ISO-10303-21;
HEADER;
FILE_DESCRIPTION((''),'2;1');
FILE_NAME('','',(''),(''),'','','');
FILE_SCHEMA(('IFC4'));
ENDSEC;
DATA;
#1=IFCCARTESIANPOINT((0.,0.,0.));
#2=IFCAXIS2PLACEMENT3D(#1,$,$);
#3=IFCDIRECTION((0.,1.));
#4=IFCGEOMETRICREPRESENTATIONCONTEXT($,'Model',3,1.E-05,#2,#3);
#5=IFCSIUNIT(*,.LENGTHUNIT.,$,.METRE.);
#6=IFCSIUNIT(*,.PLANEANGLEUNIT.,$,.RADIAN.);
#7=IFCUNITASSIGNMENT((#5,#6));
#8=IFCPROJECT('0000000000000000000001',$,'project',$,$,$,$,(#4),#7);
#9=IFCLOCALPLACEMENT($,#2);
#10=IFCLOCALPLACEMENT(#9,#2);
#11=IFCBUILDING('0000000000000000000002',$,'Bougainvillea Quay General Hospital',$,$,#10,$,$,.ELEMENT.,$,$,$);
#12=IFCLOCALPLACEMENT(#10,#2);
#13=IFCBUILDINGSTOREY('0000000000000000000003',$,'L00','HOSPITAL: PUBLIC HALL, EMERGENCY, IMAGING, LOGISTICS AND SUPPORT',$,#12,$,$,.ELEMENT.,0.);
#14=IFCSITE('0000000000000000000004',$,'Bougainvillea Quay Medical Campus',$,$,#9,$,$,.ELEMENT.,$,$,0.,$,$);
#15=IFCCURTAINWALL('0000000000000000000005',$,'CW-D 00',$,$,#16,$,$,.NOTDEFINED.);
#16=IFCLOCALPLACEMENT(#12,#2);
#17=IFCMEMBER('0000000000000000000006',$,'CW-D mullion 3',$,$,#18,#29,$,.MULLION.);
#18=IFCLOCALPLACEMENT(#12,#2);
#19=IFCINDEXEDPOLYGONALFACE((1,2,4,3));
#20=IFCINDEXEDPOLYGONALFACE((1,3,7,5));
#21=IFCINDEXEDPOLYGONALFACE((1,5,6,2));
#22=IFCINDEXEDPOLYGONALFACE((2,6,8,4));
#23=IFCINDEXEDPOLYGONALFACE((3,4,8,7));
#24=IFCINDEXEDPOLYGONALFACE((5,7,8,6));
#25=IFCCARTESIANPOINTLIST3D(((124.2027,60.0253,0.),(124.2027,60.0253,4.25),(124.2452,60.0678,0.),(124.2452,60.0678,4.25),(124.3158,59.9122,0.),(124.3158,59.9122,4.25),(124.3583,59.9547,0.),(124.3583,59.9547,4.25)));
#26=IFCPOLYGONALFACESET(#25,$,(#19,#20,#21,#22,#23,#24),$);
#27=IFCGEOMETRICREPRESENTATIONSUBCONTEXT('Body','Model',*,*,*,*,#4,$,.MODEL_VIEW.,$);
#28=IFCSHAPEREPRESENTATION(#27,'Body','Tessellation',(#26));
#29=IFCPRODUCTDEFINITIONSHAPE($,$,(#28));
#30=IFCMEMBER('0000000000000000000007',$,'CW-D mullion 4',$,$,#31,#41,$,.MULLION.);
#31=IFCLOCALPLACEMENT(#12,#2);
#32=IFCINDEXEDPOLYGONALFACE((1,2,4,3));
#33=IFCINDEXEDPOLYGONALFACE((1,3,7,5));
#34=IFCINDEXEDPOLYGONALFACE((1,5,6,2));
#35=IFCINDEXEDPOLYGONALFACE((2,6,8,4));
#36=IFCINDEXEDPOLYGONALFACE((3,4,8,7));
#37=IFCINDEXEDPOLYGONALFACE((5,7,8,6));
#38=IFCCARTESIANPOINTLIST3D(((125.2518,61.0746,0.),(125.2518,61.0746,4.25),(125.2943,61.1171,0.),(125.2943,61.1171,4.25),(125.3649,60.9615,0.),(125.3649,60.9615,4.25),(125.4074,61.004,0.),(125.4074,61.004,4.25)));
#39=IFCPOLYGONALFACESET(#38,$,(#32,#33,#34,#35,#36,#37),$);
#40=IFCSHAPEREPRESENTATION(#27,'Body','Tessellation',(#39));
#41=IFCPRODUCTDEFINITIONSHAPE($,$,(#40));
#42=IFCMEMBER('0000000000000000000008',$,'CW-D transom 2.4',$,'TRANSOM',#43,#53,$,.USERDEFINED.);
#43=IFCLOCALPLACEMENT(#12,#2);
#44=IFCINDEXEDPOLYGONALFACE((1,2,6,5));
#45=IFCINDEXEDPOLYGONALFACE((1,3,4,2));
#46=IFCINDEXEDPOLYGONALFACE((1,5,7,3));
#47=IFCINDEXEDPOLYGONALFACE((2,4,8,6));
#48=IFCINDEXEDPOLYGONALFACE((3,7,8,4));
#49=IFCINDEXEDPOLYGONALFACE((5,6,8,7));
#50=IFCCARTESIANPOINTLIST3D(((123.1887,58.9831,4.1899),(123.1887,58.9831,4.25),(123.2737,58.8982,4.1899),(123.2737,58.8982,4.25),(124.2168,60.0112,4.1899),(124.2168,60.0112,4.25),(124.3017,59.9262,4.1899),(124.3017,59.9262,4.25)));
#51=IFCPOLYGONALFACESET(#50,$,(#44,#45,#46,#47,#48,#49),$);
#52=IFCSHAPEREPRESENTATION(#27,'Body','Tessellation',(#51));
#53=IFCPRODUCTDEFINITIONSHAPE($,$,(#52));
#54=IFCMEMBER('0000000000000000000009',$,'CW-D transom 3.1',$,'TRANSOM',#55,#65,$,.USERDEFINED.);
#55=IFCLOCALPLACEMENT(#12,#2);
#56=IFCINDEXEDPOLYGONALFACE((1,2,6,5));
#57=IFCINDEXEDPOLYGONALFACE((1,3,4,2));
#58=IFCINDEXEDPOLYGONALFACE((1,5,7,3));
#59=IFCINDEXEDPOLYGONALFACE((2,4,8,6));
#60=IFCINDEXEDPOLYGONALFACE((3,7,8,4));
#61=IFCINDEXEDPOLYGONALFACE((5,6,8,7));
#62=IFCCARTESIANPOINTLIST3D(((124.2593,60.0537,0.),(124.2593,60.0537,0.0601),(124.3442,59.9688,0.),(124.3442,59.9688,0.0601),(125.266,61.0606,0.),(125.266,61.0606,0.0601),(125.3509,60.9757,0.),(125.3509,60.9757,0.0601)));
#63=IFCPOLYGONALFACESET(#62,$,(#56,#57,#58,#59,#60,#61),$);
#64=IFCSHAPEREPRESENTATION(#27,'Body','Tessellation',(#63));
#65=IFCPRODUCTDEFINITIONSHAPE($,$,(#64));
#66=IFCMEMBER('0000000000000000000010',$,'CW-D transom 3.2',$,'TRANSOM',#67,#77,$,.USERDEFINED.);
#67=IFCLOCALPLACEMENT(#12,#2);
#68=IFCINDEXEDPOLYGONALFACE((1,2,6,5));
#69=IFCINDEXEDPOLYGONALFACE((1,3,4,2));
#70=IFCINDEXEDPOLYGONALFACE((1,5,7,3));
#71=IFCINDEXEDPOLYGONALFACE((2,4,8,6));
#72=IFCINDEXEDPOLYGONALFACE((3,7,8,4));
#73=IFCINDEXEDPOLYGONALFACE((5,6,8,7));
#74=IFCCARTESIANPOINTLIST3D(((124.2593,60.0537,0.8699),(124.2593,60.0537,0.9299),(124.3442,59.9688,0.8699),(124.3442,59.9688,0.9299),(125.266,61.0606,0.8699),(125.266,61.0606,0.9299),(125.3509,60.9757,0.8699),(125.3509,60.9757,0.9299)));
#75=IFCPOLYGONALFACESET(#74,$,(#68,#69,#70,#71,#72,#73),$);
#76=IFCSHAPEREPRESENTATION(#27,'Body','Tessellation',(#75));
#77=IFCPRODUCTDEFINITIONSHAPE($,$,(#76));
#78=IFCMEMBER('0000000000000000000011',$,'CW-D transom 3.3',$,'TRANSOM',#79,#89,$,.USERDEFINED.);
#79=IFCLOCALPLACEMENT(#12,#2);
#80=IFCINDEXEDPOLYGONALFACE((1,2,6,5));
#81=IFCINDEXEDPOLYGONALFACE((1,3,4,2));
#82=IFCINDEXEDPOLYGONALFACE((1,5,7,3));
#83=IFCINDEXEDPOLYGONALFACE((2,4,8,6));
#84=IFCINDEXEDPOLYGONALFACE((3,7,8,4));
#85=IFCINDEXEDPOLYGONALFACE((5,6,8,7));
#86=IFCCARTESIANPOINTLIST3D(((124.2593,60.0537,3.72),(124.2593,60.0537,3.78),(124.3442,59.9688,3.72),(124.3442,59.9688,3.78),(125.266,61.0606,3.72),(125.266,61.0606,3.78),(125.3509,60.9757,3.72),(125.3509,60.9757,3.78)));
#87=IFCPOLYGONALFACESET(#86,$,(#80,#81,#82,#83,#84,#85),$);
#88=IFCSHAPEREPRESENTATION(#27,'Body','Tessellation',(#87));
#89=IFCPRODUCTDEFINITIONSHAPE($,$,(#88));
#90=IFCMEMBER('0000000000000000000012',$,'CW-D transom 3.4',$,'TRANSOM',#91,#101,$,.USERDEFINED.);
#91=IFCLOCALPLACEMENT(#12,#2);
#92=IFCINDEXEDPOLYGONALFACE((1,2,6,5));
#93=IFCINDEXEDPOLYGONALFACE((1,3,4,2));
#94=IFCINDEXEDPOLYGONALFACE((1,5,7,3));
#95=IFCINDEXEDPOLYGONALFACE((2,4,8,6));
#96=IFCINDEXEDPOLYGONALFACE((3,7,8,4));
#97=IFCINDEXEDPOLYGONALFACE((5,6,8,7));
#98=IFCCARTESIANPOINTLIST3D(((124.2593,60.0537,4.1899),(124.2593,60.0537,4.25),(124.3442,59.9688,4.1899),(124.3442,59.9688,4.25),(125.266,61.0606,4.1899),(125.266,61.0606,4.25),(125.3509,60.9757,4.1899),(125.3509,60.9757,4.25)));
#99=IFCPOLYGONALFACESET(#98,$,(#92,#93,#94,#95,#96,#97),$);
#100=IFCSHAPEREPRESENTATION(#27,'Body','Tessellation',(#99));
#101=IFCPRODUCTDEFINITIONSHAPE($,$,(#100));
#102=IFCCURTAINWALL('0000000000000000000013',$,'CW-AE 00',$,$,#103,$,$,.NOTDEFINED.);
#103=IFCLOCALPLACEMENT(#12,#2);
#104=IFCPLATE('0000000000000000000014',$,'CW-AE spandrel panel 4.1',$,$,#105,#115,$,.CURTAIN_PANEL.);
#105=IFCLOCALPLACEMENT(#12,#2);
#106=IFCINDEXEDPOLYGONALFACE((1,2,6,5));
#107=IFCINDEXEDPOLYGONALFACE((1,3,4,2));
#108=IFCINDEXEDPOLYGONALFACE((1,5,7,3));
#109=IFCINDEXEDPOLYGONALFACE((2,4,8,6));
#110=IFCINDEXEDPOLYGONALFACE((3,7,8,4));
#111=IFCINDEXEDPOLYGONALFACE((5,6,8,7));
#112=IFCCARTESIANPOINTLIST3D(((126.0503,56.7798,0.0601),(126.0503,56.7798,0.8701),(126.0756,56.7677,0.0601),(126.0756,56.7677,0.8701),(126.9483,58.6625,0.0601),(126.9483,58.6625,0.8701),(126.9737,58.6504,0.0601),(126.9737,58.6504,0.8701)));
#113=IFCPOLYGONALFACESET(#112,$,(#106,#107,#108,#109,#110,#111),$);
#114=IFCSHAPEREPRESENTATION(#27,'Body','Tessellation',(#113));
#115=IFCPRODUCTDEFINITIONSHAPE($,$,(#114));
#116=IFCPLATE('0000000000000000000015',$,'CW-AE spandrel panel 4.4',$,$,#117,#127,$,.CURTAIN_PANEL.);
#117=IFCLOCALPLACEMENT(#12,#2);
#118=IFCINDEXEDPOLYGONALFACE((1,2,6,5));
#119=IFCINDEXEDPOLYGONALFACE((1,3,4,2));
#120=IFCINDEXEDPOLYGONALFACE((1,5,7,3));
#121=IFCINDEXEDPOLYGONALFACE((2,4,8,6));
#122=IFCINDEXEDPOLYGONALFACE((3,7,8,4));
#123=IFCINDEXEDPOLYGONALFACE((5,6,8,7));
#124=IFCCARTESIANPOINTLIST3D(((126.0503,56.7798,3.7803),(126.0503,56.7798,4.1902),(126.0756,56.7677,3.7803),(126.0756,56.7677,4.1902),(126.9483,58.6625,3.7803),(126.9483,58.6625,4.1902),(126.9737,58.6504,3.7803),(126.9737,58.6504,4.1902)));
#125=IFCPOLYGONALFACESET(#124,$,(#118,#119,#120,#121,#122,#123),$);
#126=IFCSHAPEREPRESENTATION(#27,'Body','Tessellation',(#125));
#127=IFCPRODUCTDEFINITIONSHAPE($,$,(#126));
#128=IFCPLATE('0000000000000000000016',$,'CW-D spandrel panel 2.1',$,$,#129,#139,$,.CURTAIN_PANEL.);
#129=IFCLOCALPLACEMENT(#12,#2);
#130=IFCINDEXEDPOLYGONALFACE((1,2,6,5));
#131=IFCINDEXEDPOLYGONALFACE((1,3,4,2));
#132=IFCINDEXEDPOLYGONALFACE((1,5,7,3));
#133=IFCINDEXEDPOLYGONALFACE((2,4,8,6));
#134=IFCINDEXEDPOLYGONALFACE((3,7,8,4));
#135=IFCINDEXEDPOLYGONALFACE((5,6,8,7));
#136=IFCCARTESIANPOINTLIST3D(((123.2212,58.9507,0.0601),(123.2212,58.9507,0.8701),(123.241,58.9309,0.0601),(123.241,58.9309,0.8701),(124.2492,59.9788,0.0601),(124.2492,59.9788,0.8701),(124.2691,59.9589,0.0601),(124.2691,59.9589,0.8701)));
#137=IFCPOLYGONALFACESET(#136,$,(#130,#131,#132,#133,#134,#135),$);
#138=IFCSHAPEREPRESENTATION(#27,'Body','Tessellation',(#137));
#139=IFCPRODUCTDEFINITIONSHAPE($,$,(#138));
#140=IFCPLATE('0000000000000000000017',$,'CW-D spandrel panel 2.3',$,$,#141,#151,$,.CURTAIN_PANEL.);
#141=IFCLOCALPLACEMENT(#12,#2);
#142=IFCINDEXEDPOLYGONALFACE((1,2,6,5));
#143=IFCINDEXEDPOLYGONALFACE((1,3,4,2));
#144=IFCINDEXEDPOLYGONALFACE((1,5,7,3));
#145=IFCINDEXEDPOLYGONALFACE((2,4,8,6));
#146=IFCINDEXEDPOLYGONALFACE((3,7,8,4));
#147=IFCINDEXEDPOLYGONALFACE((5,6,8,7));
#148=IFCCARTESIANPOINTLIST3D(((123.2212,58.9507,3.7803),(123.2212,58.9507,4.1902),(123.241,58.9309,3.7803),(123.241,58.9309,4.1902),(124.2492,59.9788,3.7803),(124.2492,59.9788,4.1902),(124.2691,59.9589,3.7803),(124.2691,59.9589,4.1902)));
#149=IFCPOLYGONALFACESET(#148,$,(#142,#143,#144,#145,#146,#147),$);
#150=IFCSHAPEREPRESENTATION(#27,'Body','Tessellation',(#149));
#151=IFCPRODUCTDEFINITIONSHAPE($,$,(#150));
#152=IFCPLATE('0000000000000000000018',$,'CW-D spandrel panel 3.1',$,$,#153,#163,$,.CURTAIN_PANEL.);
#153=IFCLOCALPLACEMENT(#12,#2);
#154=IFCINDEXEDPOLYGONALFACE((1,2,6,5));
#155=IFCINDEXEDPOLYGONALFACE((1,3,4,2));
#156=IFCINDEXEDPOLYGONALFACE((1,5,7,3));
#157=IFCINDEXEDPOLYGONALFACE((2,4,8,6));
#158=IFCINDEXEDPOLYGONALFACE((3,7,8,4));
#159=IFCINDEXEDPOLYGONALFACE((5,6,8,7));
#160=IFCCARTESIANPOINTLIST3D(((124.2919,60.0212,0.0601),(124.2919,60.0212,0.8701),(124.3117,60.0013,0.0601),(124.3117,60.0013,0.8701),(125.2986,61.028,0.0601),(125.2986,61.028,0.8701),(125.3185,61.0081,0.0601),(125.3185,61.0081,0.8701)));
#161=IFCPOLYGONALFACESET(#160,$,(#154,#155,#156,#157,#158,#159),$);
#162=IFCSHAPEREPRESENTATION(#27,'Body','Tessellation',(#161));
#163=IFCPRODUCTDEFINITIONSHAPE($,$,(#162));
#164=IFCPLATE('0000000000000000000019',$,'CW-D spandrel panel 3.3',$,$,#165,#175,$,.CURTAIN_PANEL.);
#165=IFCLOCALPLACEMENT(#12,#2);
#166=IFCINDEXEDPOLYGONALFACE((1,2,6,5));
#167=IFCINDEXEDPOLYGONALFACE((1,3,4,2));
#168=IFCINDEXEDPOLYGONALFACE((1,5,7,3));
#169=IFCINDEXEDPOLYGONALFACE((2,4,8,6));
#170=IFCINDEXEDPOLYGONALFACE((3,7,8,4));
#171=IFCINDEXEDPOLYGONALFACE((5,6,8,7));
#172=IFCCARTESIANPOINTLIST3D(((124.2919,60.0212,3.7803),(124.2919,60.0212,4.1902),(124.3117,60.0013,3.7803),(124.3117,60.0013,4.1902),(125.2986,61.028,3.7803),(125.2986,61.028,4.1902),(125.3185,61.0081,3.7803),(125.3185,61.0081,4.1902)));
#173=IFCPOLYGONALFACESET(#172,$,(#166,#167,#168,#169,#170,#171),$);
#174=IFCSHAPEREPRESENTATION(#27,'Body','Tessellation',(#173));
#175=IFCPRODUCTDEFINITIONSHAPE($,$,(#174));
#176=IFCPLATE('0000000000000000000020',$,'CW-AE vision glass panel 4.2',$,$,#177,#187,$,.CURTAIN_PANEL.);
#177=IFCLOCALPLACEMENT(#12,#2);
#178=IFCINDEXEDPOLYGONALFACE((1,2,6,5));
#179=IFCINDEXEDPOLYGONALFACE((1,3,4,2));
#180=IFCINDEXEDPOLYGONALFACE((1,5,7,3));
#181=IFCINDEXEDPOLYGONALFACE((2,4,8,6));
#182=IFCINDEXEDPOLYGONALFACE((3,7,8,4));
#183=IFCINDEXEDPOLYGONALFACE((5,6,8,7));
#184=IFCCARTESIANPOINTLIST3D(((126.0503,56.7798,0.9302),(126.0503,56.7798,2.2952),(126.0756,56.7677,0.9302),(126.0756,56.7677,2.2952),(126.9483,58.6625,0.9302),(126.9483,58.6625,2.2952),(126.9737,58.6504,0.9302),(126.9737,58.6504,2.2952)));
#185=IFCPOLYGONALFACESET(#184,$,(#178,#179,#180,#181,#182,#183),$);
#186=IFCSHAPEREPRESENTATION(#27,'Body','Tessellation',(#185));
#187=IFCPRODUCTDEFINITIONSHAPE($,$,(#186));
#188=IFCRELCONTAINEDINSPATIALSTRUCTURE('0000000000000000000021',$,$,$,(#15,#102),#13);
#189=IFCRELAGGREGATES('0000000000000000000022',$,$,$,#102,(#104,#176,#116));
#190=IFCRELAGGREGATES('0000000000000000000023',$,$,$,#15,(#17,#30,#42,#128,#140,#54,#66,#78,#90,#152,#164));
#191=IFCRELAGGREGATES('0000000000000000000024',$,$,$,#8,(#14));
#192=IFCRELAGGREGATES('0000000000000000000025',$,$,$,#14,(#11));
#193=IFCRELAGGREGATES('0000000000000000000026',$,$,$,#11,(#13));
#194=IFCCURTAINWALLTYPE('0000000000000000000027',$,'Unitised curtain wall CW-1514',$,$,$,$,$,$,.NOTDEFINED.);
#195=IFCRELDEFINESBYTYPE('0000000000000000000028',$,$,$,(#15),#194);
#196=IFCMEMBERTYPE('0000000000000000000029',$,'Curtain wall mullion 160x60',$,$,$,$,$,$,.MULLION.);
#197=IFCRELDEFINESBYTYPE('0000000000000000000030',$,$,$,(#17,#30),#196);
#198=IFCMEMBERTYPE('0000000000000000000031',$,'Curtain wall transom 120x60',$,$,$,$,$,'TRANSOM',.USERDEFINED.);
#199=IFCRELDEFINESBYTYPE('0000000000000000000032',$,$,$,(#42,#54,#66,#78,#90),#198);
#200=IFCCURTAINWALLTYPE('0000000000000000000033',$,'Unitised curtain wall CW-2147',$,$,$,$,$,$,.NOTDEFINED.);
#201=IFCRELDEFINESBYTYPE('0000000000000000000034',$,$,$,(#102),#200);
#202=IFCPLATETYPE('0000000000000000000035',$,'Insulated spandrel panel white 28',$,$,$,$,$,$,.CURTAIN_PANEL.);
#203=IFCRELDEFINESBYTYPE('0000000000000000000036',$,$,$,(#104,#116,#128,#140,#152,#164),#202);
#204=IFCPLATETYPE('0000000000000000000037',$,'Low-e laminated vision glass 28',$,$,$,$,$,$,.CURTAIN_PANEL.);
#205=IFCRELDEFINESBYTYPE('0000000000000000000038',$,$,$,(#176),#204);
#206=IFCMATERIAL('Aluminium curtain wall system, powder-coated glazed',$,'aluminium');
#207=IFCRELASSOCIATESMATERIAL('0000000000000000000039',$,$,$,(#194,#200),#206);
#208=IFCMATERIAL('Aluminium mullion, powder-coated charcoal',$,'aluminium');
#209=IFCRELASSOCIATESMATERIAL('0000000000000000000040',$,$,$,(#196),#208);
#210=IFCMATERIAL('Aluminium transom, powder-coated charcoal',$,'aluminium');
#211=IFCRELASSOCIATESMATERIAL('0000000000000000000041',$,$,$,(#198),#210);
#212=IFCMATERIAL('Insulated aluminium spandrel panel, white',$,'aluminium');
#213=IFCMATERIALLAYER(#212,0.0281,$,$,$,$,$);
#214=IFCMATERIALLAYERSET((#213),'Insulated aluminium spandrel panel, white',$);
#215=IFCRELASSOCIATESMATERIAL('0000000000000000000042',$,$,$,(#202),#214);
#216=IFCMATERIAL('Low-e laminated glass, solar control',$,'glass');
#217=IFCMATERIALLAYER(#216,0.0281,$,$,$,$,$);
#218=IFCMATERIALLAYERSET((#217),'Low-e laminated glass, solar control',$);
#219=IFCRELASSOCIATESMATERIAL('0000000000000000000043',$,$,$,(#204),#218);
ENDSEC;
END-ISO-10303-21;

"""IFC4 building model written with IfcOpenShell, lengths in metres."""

from ifc_helpers import new_model, si_unit, direction, frame, origin, origin_2d, place, context, subcontext, project, spatial, rectangle, extrude, material, layer, layer_set, material_profile, profile_set, type_object, element, aggregate, save


model = new_model("IFC4")

# Units and contexts
model_context = context("Model", 3, precision=1e-05, world=origin(), true_north=direction((0.0, 1.0)))
body_context = subcontext(model_context, "Body", "Model", "MODEL_VIEW")
ifc_project = project(units=[si_unit("LENGTHUNIT", "METRE"), si_unit("PLANEANGLEUNIT", "RADIAN")], contexts=[model_context])

# Site, building, storey
site_placement = place(None, origin())
site = spatial("IfcSite", under=ifc_project, at=site_placement, Name="Bougainvillea Quay Medical Campus", CompositionType="ELEMENT", RefElevation=0.0)
building_placement = place(site_placement, origin())
building = spatial("IfcBuilding", under=site, at=building_placement, Name="Bougainvillea Quay General Hospital", CompositionType="ELEMENT")
storey_placement = place(building_placement, origin())
storey = spatial("IfcBuildingStorey", under=building, at=storey_placement, Name="L00", Description="HOSPITAL: PUBLIC HALL, EMERGENCY, IMAGING, LOGISTICS AND SUPPORT", CompositionType="ELEMENT", Elevation=0.0)

# Curtain wall, members
ifc_material_1 = material(Name="Aluminium curtain wall system, powder-coated glazed", Category="aluminium")
curtain_wall_type_1 = type_object("IfcCurtainWallType", Name="Unitised curtain wall CW-1514", PredefinedType="NOTDEFINED", material=ifc_material_1)
curtain_wall_1_placement = place(storey_placement, origin())
curtain_wall_1 = element("IfcCurtainWall", 1, at=curtain_wall_1_placement, inside=storey, type_object=curtain_wall_type_1, Name="CW-D 00", PredefinedType="NOTDEFINED")
ifc_material_2 = material(Name="Aluminium mullion, powder-coated charcoal", Category="aluminium")
ifc_material_profile_1 = material_profile(ifc_material_2, rectangle(XDim=0.1599, YDim=0.0601, at=origin_2d()))
ifc_profile_set_1 = profile_set([ifc_material_profile_1], Name="Aluminium mullion, powder-coated charcoal")
member_type_1 = type_object("IfcMemberType", Name="Curtain wall mullion 160x60", PredefinedType="MULLION", material=ifc_profile_set_1)
member_1_placement = place(storey_placement, frame((124.2805, 59.99, 0.0), z_axis=(0.0, 0.0, 1.0), x_axis=(-0.707107, 0.707107, 0.0)))
member_1 = element("IfcMember", 2, at=member_1_placement, type_object=member_type_1, Name="CW-D mullion 3", PredefinedType="MULLION", context=body_context, shape_type="SweptSolid", body=[
    extrude(rectangle(XDim=0.1599, YDim=0.0601, at=origin_2d()), origin(), (0.0, 0.0, 1.0), 4.25),
])
member_2_placement = place(storey_placement, frame((125.3296, 61.0393, 0.0), z_axis=(0.0, 0.0, 1.0), x_axis=(-0.707107, 0.707107, 0.0)))
member_2 = element("IfcMember", 3, at=member_2_placement, type_object=member_type_1, Name="CW-D mullion 4", PredefinedType="MULLION", context=body_context, shape_type="SweptSolid", body=[
    extrude(rectangle(XDim=0.1599, YDim=0.0601, at=origin_2d()), origin(), (0.0, 0.0, 1.0), 4.25),
])
ifc_material_3 = material(Name="Aluminium transom, powder-coated charcoal", Category="aluminium")
ifc_material_profile_2 = material_profile(ifc_material_3, rectangle(XDim=0.1201, YDim=0.0601, at=origin_2d()))
ifc_profile_set_2 = profile_set([ifc_material_profile_2], Name="Aluminium transom, powder-coated charcoal")
member_type_2 = type_object("IfcMemberType", Name="Curtain wall transom 120x60", ElementType="TRANSOM", PredefinedType="USERDEFINED", material=ifc_profile_set_2)
member_3_placement = place(storey_placement, frame((123.2312, 58.9407, 4.22), z_axis=(0.707107, 0.707107, 0.0), x_axis=(-0.707107, 0.707107, 0.0)))
member_3 = element("IfcMember", 4, at=member_3_placement, type_object=member_type_2, Name="CW-D transom 2.4", ObjectType="TRANSOM", PredefinedType="USERDEFINED", context=body_context, shape_type="SweptSolid", body=[
    extrude(rectangle(XDim=0.1201, YDim=0.0601, at=origin_2d()), origin(), (0.0, 0.0, 1.0), 1.4539),
])
member_4_placement = place(storey_placement, frame((124.3018, 60.0112, 0.03), z_axis=(0.707021, 0.707193, 0.0), x_axis=(-0.707193, 0.707021, 0.0)))
member_4 = element("IfcMember", 5, at=member_4_placement, type_object=member_type_2, Name="CW-D transom 3.1", ObjectType="TRANSOM", PredefinedType="USERDEFINED", context=body_context, shape_type="SweptSolid", body=[
    extrude(rectangle(XDim=0.1201, YDim=0.0601, at=origin_2d()), origin(), (0.0, 0.0, 1.0), 1.4238),
])
member_5_placement = place(storey_placement, frame((124.3018, 60.0112, 0.8999), z_axis=(0.707021, 0.707193, 0.0), x_axis=(-0.707193, 0.707021, 0.0)))
member_5 = element("IfcMember", 6, at=member_5_placement, type_object=member_type_2, Name="CW-D transom 3.2", ObjectType="TRANSOM", PredefinedType="USERDEFINED", context=body_context, shape_type="SweptSolid", body=[
    extrude(rectangle(XDim=0.1201, YDim=0.0601, at=origin_2d()), origin(), (0.0, 0.0, 1.0), 1.4238),
])
member_6_placement = place(storey_placement, frame((124.3018, 60.0112, 3.75), z_axis=(0.707021, 0.707193, 0.0), x_axis=(-0.707193, 0.707021, 0.0)))
member_6 = element("IfcMember", 7, at=member_6_placement, type_object=member_type_2, Name="CW-D transom 3.3", ObjectType="TRANSOM", PredefinedType="USERDEFINED", context=body_context, shape_type="SweptSolid", body=[
    extrude(rectangle(XDim=0.1201, YDim=0.0601, at=origin_2d()), origin(), (0.0, 0.0, 1.0), 1.4238),
])
member_7_placement = place(storey_placement, frame((124.3018, 60.0112, 4.22), z_axis=(0.707021, 0.707193, 0.0), x_axis=(-0.707193, 0.707021, 0.0)))
member_7 = element("IfcMember", 8, at=member_7_placement, type_object=member_type_2, Name="CW-D transom 3.4", ObjectType="TRANSOM", PredefinedType="USERDEFINED", context=body_context, shape_type="SweptSolid", body=[
    extrude(rectangle(XDim=0.1201, YDim=0.0601, at=origin_2d()), origin(), (0.0, 0.0, 1.0), 1.4238),
])

# Curtain wall, plates
curtain_wall_type_2 = type_object("IfcCurtainWallType", Name="Unitised curtain wall CW-2147", PredefinedType="NOTDEFINED", material=ifc_material_1)
curtain_wall_2_placement = place(storey_placement, origin())
curtain_wall_2 = element("IfcCurtainWall", 9, at=curtain_wall_2_placement, inside=storey, type_object=curtain_wall_type_2, Name="CW-AE 00", PredefinedType="NOTDEFINED")
ifc_material_4 = material(Name="Insulated aluminium spandrel panel, white", Category="aluminium")
ifc_layer_1 = layer(ifc_material_4, 0.0281)
ifc_layer_set_1 = layer_set([ifc_layer_1], Name="Insulated aluminium spandrel panel, white")
plate_type_1 = type_object("IfcPlateType", Name="Insulated spandrel panel white 28", PredefinedType="CURTAIN_PANEL", material=ifc_layer_set_1)
plate_1_placement = place(storey_placement, frame((126.512, 57.7151, 0.0601), z_axis=(0.0, 0.0, 1.0), x_axis=(-0.43053, -0.902576, 0.0)))
plate_1 = element("IfcPlate", 10, at=plate_1_placement, type_object=plate_type_1, Name="CW-AE spandrel panel 4.1", PredefinedType="CURTAIN_PANEL", context=body_context, shape_type="SweptSolid", body=[
    extrude(rectangle(XDim=2.0859, YDim=0.0281, at=origin_2d()), origin(), (0.0, 0.0, 1.0), 0.8101),
])
plate_2_placement = place(storey_placement, frame((126.512, 57.7151, 3.7803), z_axis=(0.0, 0.0, 1.0), x_axis=(-0.43053, -0.902576, 0.0)))
plate_2 = element("IfcPlate", 11, at=plate_2_placement, type_object=plate_type_1, Name="CW-AE spandrel panel 4.4", PredefinedType="CURTAIN_PANEL", context=body_context, shape_type="SweptSolid", body=[
    extrude(rectangle(XDim=2.0859, YDim=0.0281, at=origin_2d()), origin(), (0.0, 0.0, 1.0), 0.4099),
])

# Plates
plate_3_placement = place(storey_placement, frame((123.7451, 59.4548, 0.0601), z_axis=(0.0, 0.0, 1.0), x_axis=(0.707107, 0.707107, 0.0)))
plate_3 = element("IfcPlate", 12, at=plate_3_placement, type_object=plate_type_1, Name="CW-D spandrel panel 2.1", PredefinedType="CURTAIN_PANEL", context=body_context, shape_type="SweptSolid", body=[
    extrude(rectangle(XDim=1.4539, YDim=0.0281, at=origin_2d()), origin(), (0.0, 0.0, 1.0), 0.8101),
])
plate_4_placement = place(storey_placement, frame((123.7451, 59.4548, 3.7803), z_axis=(0.0, 0.0, 1.0), x_axis=(0.707107, 0.707107, 0.0)))
plate_4 = element("IfcPlate", 13, at=plate_4_placement, type_object=plate_type_1, Name="CW-D spandrel panel 2.3", PredefinedType="CURTAIN_PANEL", context=body_context, shape_type="SweptSolid", body=[
    extrude(rectangle(XDim=1.4539, YDim=0.0281, at=origin_2d()), origin(), (0.0, 0.0, 1.0), 0.4099),
])
plate_5_placement = place(storey_placement, frame((124.8052, 60.5146, 0.0601), z_axis=(0.0, 0.0, 1.0), x_axis=(0.707107, 0.707107, 0.0)))
plate_5 = element("IfcPlate", 14, at=plate_5_placement, type_object=plate_type_1, Name="CW-D spandrel panel 3.1", PredefinedType="CURTAIN_PANEL", context=body_context, shape_type="SweptSolid", body=[
    extrude(rectangle(XDim=1.4238, YDim=0.0281, at=origin_2d()), origin(), (0.0, 0.0, 1.0), 0.8101),
])
plate_6_placement = place(storey_placement, frame((124.8052, 60.5146, 3.7803), z_axis=(0.0, 0.0, 1.0), x_axis=(0.707107, 0.707107, 0.0)))
plate_6 = element("IfcPlate", 15, at=plate_6_placement, type_object=plate_type_1, Name="CW-D spandrel panel 3.3", PredefinedType="CURTAIN_PANEL", context=body_context, shape_type="SweptSolid", body=[
    extrude(rectangle(XDim=1.4238, YDim=0.0281, at=origin_2d()), origin(), (0.0, 0.0, 1.0), 0.4099),
])
ifc_material_5 = material(Name="Low-e laminated glass, solar control", Category="glass")
ifc_layer_2 = layer(ifc_material_5, 0.0281)
ifc_layer_set_2 = layer_set([ifc_layer_2], Name="Low-e laminated glass, solar control")
plate_type_2 = type_object("IfcPlateType", Name="Low-e laminated vision glass 28", PredefinedType="CURTAIN_PANEL", material=ifc_layer_set_2)
plate_7_placement = place(storey_placement, frame((126.512, 57.7151, 0.9302), z_axis=(0.0, 0.0, 1.0), x_axis=(-0.43053, -0.902576, 0.0)))
plate_7 = element("IfcPlate", 16, at=plate_7_placement, type_object=plate_type_2, Name="CW-AE vision glass panel 4.2", PredefinedType="CURTAIN_PANEL", context=body_context, shape_type="SweptSolid", body=[
    extrude(rectangle(XDim=2.0859, YDim=0.0281, at=origin_2d()), origin(), (0.0, 0.0, 1.0), 1.365),
])
aggregate(curtain_wall_2, [plate_1, plate_7, plate_2])
aggregate(curtain_wall_1, [member_1, member_2, member_3, plate_3, plate_4, member_4, member_5, member_6, member_7, plate_5, plate_6])

save(model, "model.ifc")
